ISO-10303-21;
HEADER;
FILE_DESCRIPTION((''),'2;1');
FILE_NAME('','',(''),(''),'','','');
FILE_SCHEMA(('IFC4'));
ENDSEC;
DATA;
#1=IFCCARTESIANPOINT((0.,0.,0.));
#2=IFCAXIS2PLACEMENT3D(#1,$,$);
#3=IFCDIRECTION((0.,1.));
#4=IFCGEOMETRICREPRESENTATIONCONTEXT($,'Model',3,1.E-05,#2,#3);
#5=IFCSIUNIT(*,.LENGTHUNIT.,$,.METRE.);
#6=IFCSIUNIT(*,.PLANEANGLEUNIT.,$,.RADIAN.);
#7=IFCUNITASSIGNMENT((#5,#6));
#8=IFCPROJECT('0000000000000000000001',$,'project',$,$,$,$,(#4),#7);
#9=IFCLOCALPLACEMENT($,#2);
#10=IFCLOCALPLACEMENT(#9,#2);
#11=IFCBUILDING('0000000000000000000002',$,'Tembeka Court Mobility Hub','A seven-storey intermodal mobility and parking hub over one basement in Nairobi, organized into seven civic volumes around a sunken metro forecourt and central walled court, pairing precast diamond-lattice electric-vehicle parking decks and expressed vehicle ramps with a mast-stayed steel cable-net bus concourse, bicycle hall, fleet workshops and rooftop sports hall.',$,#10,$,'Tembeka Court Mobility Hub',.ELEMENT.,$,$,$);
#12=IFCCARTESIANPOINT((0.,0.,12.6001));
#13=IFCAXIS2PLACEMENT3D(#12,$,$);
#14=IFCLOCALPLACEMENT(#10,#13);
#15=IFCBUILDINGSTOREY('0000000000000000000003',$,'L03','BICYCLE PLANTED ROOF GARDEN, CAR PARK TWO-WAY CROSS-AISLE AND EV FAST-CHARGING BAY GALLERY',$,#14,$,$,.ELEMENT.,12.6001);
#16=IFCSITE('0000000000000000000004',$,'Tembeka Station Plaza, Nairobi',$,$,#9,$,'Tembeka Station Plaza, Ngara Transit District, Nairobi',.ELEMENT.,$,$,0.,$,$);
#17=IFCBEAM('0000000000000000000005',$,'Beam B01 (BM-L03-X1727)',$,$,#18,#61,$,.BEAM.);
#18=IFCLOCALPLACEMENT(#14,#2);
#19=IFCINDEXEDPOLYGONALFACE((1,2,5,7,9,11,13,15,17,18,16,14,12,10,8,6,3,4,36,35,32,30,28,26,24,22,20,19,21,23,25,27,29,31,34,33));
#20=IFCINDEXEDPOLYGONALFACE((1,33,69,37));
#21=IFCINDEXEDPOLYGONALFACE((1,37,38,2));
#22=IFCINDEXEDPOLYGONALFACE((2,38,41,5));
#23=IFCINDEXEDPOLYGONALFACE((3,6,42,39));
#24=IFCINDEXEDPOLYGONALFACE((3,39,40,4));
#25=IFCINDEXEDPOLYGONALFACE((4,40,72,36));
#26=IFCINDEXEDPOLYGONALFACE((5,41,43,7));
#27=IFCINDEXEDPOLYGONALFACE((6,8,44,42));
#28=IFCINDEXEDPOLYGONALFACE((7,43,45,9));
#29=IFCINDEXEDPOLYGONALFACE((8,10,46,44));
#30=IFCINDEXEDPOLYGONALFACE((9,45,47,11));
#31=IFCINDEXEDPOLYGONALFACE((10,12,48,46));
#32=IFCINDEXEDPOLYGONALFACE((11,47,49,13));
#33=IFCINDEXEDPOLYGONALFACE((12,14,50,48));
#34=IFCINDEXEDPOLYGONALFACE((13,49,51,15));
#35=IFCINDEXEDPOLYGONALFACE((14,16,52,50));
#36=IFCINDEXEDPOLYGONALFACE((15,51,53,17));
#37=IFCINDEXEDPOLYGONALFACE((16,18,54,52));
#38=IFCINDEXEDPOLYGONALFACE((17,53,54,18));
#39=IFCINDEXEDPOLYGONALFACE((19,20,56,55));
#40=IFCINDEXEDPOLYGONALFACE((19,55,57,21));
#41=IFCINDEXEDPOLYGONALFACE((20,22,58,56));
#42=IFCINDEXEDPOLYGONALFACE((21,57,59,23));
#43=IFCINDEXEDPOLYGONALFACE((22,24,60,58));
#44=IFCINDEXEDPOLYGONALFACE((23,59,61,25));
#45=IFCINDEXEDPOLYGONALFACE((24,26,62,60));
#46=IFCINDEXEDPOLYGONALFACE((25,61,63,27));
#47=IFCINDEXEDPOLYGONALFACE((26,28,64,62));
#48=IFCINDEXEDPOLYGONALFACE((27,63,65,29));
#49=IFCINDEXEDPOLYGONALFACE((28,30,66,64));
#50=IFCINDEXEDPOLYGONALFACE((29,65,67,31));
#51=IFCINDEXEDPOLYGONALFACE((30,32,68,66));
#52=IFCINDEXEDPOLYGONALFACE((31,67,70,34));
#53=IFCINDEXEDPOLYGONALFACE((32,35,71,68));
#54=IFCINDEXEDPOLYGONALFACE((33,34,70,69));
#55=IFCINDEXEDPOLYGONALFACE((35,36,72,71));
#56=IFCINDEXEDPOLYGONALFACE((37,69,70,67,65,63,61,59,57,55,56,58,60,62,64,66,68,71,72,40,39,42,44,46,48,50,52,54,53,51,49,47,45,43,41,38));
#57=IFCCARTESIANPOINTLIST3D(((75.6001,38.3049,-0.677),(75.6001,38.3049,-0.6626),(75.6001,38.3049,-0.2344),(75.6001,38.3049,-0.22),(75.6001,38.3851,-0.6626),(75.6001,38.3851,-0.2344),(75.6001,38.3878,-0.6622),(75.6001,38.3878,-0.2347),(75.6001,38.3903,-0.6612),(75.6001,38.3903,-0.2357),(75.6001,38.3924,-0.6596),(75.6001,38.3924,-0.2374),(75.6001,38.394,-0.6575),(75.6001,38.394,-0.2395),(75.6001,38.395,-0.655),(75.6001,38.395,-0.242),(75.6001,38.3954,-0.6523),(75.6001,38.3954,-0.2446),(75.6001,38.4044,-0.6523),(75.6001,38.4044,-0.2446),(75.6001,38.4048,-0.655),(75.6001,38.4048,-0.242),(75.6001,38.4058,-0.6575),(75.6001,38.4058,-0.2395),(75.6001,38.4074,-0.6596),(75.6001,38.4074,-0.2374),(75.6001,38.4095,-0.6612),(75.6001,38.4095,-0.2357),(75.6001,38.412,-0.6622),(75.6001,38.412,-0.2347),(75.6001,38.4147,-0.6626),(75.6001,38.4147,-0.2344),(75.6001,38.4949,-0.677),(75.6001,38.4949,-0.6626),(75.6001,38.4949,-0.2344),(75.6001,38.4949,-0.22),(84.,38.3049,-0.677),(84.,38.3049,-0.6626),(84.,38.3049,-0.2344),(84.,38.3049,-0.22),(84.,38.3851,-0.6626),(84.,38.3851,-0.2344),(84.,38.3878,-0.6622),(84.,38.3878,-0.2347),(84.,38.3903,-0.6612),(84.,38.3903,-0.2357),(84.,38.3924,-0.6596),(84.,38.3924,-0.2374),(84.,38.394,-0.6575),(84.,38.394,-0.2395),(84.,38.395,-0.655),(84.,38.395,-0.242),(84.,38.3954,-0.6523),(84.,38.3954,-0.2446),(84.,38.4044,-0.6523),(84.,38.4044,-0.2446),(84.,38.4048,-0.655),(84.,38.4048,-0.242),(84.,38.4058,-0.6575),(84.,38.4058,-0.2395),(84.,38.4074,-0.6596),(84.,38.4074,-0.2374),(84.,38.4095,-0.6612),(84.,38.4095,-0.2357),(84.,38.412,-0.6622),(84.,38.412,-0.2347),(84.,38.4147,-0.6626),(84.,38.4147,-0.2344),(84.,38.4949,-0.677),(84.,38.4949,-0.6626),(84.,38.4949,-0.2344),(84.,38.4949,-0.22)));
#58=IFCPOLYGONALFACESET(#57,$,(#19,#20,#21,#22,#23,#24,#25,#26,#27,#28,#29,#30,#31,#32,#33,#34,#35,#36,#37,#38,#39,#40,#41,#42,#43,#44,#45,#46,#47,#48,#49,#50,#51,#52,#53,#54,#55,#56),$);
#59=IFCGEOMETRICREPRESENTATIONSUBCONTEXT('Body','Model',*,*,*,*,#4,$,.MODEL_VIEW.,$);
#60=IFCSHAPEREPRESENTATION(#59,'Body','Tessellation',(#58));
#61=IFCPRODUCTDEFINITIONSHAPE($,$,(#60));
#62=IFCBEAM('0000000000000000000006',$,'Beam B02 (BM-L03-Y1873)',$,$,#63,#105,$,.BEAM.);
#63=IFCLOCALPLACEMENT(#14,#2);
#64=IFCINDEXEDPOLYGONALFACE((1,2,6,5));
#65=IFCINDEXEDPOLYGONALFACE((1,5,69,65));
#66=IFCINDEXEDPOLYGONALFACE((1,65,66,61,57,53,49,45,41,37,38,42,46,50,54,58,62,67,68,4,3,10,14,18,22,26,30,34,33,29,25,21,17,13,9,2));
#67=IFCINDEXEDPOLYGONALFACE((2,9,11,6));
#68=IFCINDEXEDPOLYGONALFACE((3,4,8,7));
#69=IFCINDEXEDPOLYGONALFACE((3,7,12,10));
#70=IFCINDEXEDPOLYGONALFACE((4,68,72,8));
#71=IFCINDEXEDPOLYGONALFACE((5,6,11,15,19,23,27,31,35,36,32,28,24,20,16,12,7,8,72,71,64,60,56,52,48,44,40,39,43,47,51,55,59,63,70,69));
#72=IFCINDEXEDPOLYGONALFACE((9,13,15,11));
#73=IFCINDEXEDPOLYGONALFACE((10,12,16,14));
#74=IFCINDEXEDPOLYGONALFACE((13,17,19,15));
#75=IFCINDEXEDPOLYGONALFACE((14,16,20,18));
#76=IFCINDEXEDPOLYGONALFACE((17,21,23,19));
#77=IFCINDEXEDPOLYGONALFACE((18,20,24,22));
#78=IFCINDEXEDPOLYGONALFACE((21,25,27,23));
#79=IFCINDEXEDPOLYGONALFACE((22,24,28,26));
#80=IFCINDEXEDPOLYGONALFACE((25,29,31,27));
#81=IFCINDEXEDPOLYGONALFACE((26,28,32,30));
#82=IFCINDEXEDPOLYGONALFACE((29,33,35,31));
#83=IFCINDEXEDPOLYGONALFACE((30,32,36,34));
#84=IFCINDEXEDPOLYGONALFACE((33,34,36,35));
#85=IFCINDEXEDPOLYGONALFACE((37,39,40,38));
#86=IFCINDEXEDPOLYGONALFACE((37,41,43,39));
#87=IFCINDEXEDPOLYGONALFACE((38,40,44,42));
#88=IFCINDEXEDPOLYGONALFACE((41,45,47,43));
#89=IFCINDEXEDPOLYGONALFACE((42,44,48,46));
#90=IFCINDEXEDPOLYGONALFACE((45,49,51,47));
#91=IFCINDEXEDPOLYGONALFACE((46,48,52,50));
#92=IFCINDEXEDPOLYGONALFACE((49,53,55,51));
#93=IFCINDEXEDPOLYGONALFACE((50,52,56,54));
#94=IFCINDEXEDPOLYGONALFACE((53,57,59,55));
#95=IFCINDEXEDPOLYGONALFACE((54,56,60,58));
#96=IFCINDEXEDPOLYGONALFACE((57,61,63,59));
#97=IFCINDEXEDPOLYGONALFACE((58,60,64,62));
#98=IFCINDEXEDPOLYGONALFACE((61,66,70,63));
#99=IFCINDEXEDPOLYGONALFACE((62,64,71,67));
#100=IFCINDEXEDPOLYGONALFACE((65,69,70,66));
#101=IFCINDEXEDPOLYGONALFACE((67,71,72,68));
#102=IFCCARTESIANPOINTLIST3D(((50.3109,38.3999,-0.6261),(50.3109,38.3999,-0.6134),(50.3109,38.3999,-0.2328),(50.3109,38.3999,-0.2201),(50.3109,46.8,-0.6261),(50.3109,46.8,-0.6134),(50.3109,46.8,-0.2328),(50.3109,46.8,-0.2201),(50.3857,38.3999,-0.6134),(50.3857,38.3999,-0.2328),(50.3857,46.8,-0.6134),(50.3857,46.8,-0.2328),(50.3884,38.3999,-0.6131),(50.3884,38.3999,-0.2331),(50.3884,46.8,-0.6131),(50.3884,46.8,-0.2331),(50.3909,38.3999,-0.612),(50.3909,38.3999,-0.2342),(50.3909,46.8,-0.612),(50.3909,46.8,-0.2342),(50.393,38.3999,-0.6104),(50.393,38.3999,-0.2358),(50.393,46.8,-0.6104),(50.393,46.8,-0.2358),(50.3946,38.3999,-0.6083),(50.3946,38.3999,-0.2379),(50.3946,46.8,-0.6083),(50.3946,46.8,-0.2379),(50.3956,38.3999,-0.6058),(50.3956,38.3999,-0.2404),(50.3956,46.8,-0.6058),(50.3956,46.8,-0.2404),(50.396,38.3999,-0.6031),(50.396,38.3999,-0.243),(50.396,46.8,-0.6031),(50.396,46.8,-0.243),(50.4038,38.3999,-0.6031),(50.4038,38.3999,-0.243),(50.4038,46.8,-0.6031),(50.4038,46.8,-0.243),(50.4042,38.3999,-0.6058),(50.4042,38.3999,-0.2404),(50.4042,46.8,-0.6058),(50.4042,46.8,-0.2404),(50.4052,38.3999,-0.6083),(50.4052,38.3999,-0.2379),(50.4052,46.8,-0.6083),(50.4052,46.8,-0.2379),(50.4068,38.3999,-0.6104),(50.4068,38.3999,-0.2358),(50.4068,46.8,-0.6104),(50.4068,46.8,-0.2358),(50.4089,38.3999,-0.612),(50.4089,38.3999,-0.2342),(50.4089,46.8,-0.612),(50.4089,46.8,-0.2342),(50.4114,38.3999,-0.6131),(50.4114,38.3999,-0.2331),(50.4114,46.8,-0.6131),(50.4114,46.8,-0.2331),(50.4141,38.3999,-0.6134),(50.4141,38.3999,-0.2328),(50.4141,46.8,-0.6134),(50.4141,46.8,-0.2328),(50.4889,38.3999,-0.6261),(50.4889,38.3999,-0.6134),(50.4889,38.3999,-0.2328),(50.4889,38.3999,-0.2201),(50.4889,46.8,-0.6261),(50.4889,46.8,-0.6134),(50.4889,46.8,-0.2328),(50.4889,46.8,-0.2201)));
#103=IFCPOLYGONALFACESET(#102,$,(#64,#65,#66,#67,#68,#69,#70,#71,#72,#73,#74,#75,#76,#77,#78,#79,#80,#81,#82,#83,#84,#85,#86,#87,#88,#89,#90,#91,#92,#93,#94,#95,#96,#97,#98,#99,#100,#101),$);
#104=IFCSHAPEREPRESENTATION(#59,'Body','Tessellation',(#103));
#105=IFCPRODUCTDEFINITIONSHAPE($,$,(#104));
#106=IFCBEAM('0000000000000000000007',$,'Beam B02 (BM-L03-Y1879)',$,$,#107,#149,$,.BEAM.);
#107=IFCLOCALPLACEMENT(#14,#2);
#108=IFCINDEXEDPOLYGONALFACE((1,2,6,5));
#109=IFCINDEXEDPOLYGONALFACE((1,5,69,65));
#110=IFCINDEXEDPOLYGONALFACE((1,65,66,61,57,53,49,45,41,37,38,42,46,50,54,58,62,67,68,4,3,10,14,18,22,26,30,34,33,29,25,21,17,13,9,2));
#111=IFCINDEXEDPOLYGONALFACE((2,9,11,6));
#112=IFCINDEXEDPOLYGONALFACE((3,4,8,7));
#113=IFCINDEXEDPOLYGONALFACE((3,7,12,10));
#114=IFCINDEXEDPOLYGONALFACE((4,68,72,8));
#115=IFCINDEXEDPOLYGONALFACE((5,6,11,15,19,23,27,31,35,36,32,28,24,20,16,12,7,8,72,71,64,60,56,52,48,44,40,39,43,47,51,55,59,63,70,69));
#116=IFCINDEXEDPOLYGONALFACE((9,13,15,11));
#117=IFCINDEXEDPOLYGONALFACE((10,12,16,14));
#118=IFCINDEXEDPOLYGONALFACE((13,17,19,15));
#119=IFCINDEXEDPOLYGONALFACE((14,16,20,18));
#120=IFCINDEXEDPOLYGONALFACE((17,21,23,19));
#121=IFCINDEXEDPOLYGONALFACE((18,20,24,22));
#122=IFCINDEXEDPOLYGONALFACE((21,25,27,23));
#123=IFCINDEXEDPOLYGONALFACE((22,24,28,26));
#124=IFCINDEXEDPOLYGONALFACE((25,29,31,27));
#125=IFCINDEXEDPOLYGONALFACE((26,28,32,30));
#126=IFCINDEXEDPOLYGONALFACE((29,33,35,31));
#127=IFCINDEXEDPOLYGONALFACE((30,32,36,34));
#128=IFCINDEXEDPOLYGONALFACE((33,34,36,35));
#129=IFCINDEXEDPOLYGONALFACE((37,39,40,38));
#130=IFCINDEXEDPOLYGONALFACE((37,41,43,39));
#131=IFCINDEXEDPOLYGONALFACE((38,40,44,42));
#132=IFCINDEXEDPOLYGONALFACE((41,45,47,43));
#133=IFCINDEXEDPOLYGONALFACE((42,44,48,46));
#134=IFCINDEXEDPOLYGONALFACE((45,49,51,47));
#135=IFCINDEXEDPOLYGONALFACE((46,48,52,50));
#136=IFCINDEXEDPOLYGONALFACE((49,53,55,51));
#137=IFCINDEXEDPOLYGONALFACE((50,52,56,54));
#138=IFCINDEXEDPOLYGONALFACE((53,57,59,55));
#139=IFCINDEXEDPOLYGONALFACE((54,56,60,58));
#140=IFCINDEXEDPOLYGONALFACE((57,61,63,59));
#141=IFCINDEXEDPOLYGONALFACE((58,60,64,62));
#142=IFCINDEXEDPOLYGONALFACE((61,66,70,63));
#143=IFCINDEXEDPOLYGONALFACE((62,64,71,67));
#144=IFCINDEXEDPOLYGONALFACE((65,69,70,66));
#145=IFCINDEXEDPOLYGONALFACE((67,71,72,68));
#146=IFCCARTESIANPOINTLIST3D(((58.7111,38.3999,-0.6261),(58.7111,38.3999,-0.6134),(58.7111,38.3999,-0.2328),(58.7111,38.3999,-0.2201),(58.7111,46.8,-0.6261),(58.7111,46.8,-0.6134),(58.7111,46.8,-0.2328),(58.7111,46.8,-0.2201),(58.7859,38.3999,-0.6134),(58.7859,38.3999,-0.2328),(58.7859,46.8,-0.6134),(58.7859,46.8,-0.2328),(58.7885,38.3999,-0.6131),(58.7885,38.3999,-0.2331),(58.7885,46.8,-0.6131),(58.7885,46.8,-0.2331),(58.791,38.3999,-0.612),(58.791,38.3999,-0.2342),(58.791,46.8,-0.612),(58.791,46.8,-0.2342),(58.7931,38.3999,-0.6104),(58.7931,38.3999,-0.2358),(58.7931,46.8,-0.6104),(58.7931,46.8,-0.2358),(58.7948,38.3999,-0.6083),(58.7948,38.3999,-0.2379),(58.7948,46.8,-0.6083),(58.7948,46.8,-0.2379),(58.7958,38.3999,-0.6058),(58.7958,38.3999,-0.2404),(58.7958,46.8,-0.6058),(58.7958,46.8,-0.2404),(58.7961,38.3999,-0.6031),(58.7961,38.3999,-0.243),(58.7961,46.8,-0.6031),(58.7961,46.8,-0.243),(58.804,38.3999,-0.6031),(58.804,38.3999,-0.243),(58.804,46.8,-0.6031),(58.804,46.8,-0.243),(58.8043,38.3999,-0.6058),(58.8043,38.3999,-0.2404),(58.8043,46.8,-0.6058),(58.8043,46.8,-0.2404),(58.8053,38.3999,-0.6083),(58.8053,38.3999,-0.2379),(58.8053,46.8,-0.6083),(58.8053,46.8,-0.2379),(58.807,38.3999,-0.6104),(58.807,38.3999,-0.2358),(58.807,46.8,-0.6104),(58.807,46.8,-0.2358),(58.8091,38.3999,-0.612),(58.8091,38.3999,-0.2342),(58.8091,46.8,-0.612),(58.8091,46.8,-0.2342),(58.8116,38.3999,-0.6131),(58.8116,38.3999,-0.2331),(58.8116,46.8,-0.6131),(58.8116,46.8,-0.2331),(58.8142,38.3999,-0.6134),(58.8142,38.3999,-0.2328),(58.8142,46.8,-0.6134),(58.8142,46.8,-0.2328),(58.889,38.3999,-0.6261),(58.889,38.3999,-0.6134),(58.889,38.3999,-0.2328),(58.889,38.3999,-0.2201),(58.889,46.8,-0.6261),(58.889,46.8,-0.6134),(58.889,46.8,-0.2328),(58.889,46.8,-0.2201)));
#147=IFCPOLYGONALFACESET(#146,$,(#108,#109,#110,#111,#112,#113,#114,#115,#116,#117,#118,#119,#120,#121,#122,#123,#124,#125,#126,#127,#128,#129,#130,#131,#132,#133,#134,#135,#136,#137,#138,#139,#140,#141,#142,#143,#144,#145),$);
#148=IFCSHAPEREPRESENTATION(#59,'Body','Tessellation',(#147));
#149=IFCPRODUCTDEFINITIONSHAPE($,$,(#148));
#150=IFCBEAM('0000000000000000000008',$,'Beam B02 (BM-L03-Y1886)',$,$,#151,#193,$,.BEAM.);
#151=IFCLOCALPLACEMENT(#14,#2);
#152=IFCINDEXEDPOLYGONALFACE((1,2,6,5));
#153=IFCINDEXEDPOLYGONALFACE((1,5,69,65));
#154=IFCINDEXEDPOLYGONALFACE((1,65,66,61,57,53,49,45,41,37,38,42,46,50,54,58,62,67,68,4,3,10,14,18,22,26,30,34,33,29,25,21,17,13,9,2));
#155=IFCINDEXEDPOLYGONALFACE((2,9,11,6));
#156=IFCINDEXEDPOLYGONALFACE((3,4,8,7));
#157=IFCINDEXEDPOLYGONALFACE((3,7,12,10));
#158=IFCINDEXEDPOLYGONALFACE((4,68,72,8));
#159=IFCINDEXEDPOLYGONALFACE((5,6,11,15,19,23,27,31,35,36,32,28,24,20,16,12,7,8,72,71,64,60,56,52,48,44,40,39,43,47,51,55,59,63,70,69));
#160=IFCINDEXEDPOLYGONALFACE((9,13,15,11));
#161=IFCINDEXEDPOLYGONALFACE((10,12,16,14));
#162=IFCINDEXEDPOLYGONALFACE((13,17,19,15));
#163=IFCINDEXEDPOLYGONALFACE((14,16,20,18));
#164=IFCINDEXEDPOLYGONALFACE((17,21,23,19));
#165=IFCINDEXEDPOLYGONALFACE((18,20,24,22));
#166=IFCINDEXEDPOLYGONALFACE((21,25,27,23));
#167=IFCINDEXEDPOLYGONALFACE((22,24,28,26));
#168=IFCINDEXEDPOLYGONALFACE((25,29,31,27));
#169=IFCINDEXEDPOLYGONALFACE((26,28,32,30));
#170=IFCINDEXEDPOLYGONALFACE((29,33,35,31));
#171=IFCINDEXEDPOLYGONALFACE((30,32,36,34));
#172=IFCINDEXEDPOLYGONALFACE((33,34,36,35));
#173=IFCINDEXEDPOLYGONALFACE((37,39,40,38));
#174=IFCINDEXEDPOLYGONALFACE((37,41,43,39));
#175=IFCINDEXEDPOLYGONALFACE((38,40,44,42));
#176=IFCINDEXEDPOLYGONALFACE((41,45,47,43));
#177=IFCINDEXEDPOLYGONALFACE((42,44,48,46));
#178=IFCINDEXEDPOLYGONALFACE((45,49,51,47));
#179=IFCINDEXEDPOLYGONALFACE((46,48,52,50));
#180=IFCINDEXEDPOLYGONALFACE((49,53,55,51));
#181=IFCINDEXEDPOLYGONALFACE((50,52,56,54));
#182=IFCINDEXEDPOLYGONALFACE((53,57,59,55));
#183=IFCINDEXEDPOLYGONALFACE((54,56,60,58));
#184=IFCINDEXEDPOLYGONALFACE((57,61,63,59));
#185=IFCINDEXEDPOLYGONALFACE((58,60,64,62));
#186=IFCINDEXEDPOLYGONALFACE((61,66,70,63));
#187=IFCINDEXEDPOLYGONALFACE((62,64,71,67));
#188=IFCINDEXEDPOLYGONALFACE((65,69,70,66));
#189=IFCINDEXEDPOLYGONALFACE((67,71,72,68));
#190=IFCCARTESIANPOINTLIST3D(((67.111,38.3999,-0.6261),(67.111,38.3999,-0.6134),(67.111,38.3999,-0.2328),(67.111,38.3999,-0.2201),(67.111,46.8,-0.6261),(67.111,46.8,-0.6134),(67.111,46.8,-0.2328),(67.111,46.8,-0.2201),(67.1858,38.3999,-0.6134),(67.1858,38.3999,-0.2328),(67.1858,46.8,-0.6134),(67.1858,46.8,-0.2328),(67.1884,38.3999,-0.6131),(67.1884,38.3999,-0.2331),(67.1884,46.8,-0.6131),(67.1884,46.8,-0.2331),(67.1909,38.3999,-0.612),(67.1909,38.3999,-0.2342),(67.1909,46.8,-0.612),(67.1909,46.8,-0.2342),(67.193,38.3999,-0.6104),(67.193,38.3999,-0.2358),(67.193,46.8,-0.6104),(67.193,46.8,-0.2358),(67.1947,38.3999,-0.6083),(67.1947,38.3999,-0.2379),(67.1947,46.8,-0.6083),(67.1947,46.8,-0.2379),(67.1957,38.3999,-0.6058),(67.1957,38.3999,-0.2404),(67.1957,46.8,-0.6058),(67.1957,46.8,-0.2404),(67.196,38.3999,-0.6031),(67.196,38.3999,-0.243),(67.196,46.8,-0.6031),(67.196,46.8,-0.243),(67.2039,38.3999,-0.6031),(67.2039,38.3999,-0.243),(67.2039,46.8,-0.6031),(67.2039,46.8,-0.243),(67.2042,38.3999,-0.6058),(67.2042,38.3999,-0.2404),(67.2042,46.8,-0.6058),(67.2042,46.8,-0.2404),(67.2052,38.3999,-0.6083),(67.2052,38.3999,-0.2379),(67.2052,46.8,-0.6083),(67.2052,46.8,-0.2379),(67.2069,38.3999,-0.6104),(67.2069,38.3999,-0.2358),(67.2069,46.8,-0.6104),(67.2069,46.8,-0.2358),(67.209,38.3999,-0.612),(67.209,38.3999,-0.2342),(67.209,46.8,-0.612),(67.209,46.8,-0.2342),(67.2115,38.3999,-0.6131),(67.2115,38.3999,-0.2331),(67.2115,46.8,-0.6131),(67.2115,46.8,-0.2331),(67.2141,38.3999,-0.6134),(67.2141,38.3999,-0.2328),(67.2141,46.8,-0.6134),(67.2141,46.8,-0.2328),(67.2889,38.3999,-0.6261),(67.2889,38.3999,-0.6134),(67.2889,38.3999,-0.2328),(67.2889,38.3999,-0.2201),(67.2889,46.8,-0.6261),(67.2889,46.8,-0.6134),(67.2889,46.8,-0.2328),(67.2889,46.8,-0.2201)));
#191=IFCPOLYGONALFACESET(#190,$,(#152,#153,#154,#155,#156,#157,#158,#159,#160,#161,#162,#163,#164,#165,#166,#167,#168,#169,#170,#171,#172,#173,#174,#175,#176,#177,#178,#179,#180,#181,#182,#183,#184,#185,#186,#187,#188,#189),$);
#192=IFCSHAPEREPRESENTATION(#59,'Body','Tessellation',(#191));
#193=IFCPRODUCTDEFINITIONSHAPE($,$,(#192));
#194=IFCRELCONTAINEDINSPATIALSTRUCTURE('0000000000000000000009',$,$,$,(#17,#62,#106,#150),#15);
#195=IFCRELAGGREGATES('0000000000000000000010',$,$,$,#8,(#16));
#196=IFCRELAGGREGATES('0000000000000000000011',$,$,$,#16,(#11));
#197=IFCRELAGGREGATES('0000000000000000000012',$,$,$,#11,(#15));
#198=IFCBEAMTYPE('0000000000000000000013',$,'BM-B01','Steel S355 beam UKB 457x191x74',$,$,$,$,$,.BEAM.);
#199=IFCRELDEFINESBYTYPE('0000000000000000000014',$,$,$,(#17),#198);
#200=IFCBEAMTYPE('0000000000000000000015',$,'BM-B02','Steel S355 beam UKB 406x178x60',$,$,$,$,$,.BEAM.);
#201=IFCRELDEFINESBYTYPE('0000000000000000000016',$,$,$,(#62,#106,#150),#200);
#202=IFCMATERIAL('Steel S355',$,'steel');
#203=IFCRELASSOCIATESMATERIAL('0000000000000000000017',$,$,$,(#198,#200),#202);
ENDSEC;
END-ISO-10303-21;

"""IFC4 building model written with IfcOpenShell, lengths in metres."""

from ifc_helpers import new_model, si_unit, direction, frame, origin, origin_2d, place, context, subcontext, project, spatial, i_section, extrude, material, material_profile, profile_set, type_object, element, save


model = new_model("IFC4")

# Units and contexts
model_context = context("Model", 3, precision=1e-05, world=origin(), true_north=direction((0.0, 1.0)))
body_context = subcontext(model_context, "Body", "Model", "MODEL_VIEW")
ifc_project = project(units=[si_unit("LENGTHUNIT", "METRE"), si_unit("PLANEANGLEUNIT", "RADIAN")], contexts=[model_context])

# Site, building, storey
site_placement = place(None, origin())
site = spatial("IfcSite", under=ifc_project, at=site_placement, Name="Tembeka Station Plaza, Nairobi", LongName="Tembeka Station Plaza, Ngara Transit District, Nairobi", CompositionType="ELEMENT", RefElevation=0.0)
building_placement = place(site_placement, origin())
building = spatial("IfcBuilding", under=site, at=building_placement, Name="Tembeka Court Mobility Hub", Description="A seven-storey intermodal mobility and parking hub over one basement in Nairobi, organized into seven civic volumes around a sunken metro forecourt and central walled court, pairing precast diamond-lattice electric-vehicle parking decks and expressed vehicle ramps with a mast-stayed steel cable-net bus concourse, bicycle hall, fleet workshops and rooftop sports hall.", LongName="Tembeka Court Mobility Hub", CompositionType="ELEMENT")
storey_placement = place(building_placement, frame((0.0, 0.0, 12.6001)))
storey = spatial("IfcBuildingStorey", under=building, at=storey_placement, Name="L03", Description="BICYCLE PLANTED ROOF GARDEN, CAR PARK TWO-WAY CROSS-AISLE AND EV FAST-CHARGING BAY GALLERY", CompositionType="ELEMENT", Elevation=12.6001)

# Shared definitions
ifc_material_1 = material(Name="Steel S355", Category="steel")

# Beams
ifc_material_profile_1 = material_profile(ifc_material_1, i_section(OverallWidth=0.1899, OverallDepth=0.457, WebThickness=0.009, FlangeThickness=0.0144, FilletRadius=0.0103, at=origin_2d()), Name="UKB 457x191x74")
ifc_profile_set_1 = profile_set([ifc_material_profile_1], Name="Steel S355")
beam_type_1 = type_object("IfcBeamType", Name="BM-B01", Description="Steel S355 beam UKB 457x191x74", PredefinedType="BEAM", material=ifc_profile_set_1)
beam_1_placement = place(storey_placement, frame((75.6001, 38.3999, -0.4485), z_axis=(1.0, 0.0, 0.0), x_axis=(0.0, 1.0, 0.0)))
element("IfcBeam", 1, at=beam_1_placement, inside=storey, type_object=beam_type_1, Name="Beam B01 (BM-L03-X1727)", PredefinedType="BEAM", context=body_context, shape_type="SweptSolid", body=[
    extrude(i_section(OverallWidth=0.1899, OverallDepth=0.457, WebThickness=0.009, FlangeThickness=0.0144, FilletRadius=0.0103, at=origin_2d()), origin(), (0.0, 0.0, 1.0), 8.3999),
])
ifc_material_profile_2 = material_profile(ifc_material_1, i_section(OverallWidth=0.178, OverallDepth=0.406, WebThickness=0.0078, FlangeThickness=0.0127, FilletRadius=0.0103, at=origin_2d()), Name="UKB 406x178x60")
ifc_profile_set_2 = profile_set([ifc_material_profile_2], Name="Steel S355")
beam_type_2 = type_object("IfcBeamType", Name="BM-B02", Description="Steel S355 beam UKB 406x178x60", PredefinedType="BEAM", material=ifc_profile_set_2)
for number, where, z_axis, x_axis, name in (
    (2, (50.3999, 38.3999, -0.4231), (0.0, 1.0, 0.0), (-1.0, 0.0, 0.0), "Beam B02 (BM-L03-Y1873)"),
    (3, (58.8, 38.3999, -0.4231), (0.0, 1.0, 0.0), (-1.0, 0.0, 0.0), "Beam B02 (BM-L03-Y1879)"),
    (4, (67.2, 38.3999, -0.4231), (0.0, 1.0, 0.0), (-1.0, 0.0, 0.0), "Beam B02 (BM-L03-Y1886)"),
):
    element("IfcBeam", number, at=place(storey_placement, frame(where, z_axis=z_axis, x_axis=x_axis)), inside=storey, type_object=beam_type_2, Name=name, PredefinedType="BEAM", context=body_context, shape_type="SweptSolid", body=[
        extrude(i_section(OverallWidth=0.178, OverallDepth=0.406, WebThickness=0.0078, FlangeThickness=0.0127, FilletRadius=0.0103, at=origin_2d()), origin(), (0.0, 0.0, 1.0), 8.4001),
    ])

save(model, "model.ifc")
